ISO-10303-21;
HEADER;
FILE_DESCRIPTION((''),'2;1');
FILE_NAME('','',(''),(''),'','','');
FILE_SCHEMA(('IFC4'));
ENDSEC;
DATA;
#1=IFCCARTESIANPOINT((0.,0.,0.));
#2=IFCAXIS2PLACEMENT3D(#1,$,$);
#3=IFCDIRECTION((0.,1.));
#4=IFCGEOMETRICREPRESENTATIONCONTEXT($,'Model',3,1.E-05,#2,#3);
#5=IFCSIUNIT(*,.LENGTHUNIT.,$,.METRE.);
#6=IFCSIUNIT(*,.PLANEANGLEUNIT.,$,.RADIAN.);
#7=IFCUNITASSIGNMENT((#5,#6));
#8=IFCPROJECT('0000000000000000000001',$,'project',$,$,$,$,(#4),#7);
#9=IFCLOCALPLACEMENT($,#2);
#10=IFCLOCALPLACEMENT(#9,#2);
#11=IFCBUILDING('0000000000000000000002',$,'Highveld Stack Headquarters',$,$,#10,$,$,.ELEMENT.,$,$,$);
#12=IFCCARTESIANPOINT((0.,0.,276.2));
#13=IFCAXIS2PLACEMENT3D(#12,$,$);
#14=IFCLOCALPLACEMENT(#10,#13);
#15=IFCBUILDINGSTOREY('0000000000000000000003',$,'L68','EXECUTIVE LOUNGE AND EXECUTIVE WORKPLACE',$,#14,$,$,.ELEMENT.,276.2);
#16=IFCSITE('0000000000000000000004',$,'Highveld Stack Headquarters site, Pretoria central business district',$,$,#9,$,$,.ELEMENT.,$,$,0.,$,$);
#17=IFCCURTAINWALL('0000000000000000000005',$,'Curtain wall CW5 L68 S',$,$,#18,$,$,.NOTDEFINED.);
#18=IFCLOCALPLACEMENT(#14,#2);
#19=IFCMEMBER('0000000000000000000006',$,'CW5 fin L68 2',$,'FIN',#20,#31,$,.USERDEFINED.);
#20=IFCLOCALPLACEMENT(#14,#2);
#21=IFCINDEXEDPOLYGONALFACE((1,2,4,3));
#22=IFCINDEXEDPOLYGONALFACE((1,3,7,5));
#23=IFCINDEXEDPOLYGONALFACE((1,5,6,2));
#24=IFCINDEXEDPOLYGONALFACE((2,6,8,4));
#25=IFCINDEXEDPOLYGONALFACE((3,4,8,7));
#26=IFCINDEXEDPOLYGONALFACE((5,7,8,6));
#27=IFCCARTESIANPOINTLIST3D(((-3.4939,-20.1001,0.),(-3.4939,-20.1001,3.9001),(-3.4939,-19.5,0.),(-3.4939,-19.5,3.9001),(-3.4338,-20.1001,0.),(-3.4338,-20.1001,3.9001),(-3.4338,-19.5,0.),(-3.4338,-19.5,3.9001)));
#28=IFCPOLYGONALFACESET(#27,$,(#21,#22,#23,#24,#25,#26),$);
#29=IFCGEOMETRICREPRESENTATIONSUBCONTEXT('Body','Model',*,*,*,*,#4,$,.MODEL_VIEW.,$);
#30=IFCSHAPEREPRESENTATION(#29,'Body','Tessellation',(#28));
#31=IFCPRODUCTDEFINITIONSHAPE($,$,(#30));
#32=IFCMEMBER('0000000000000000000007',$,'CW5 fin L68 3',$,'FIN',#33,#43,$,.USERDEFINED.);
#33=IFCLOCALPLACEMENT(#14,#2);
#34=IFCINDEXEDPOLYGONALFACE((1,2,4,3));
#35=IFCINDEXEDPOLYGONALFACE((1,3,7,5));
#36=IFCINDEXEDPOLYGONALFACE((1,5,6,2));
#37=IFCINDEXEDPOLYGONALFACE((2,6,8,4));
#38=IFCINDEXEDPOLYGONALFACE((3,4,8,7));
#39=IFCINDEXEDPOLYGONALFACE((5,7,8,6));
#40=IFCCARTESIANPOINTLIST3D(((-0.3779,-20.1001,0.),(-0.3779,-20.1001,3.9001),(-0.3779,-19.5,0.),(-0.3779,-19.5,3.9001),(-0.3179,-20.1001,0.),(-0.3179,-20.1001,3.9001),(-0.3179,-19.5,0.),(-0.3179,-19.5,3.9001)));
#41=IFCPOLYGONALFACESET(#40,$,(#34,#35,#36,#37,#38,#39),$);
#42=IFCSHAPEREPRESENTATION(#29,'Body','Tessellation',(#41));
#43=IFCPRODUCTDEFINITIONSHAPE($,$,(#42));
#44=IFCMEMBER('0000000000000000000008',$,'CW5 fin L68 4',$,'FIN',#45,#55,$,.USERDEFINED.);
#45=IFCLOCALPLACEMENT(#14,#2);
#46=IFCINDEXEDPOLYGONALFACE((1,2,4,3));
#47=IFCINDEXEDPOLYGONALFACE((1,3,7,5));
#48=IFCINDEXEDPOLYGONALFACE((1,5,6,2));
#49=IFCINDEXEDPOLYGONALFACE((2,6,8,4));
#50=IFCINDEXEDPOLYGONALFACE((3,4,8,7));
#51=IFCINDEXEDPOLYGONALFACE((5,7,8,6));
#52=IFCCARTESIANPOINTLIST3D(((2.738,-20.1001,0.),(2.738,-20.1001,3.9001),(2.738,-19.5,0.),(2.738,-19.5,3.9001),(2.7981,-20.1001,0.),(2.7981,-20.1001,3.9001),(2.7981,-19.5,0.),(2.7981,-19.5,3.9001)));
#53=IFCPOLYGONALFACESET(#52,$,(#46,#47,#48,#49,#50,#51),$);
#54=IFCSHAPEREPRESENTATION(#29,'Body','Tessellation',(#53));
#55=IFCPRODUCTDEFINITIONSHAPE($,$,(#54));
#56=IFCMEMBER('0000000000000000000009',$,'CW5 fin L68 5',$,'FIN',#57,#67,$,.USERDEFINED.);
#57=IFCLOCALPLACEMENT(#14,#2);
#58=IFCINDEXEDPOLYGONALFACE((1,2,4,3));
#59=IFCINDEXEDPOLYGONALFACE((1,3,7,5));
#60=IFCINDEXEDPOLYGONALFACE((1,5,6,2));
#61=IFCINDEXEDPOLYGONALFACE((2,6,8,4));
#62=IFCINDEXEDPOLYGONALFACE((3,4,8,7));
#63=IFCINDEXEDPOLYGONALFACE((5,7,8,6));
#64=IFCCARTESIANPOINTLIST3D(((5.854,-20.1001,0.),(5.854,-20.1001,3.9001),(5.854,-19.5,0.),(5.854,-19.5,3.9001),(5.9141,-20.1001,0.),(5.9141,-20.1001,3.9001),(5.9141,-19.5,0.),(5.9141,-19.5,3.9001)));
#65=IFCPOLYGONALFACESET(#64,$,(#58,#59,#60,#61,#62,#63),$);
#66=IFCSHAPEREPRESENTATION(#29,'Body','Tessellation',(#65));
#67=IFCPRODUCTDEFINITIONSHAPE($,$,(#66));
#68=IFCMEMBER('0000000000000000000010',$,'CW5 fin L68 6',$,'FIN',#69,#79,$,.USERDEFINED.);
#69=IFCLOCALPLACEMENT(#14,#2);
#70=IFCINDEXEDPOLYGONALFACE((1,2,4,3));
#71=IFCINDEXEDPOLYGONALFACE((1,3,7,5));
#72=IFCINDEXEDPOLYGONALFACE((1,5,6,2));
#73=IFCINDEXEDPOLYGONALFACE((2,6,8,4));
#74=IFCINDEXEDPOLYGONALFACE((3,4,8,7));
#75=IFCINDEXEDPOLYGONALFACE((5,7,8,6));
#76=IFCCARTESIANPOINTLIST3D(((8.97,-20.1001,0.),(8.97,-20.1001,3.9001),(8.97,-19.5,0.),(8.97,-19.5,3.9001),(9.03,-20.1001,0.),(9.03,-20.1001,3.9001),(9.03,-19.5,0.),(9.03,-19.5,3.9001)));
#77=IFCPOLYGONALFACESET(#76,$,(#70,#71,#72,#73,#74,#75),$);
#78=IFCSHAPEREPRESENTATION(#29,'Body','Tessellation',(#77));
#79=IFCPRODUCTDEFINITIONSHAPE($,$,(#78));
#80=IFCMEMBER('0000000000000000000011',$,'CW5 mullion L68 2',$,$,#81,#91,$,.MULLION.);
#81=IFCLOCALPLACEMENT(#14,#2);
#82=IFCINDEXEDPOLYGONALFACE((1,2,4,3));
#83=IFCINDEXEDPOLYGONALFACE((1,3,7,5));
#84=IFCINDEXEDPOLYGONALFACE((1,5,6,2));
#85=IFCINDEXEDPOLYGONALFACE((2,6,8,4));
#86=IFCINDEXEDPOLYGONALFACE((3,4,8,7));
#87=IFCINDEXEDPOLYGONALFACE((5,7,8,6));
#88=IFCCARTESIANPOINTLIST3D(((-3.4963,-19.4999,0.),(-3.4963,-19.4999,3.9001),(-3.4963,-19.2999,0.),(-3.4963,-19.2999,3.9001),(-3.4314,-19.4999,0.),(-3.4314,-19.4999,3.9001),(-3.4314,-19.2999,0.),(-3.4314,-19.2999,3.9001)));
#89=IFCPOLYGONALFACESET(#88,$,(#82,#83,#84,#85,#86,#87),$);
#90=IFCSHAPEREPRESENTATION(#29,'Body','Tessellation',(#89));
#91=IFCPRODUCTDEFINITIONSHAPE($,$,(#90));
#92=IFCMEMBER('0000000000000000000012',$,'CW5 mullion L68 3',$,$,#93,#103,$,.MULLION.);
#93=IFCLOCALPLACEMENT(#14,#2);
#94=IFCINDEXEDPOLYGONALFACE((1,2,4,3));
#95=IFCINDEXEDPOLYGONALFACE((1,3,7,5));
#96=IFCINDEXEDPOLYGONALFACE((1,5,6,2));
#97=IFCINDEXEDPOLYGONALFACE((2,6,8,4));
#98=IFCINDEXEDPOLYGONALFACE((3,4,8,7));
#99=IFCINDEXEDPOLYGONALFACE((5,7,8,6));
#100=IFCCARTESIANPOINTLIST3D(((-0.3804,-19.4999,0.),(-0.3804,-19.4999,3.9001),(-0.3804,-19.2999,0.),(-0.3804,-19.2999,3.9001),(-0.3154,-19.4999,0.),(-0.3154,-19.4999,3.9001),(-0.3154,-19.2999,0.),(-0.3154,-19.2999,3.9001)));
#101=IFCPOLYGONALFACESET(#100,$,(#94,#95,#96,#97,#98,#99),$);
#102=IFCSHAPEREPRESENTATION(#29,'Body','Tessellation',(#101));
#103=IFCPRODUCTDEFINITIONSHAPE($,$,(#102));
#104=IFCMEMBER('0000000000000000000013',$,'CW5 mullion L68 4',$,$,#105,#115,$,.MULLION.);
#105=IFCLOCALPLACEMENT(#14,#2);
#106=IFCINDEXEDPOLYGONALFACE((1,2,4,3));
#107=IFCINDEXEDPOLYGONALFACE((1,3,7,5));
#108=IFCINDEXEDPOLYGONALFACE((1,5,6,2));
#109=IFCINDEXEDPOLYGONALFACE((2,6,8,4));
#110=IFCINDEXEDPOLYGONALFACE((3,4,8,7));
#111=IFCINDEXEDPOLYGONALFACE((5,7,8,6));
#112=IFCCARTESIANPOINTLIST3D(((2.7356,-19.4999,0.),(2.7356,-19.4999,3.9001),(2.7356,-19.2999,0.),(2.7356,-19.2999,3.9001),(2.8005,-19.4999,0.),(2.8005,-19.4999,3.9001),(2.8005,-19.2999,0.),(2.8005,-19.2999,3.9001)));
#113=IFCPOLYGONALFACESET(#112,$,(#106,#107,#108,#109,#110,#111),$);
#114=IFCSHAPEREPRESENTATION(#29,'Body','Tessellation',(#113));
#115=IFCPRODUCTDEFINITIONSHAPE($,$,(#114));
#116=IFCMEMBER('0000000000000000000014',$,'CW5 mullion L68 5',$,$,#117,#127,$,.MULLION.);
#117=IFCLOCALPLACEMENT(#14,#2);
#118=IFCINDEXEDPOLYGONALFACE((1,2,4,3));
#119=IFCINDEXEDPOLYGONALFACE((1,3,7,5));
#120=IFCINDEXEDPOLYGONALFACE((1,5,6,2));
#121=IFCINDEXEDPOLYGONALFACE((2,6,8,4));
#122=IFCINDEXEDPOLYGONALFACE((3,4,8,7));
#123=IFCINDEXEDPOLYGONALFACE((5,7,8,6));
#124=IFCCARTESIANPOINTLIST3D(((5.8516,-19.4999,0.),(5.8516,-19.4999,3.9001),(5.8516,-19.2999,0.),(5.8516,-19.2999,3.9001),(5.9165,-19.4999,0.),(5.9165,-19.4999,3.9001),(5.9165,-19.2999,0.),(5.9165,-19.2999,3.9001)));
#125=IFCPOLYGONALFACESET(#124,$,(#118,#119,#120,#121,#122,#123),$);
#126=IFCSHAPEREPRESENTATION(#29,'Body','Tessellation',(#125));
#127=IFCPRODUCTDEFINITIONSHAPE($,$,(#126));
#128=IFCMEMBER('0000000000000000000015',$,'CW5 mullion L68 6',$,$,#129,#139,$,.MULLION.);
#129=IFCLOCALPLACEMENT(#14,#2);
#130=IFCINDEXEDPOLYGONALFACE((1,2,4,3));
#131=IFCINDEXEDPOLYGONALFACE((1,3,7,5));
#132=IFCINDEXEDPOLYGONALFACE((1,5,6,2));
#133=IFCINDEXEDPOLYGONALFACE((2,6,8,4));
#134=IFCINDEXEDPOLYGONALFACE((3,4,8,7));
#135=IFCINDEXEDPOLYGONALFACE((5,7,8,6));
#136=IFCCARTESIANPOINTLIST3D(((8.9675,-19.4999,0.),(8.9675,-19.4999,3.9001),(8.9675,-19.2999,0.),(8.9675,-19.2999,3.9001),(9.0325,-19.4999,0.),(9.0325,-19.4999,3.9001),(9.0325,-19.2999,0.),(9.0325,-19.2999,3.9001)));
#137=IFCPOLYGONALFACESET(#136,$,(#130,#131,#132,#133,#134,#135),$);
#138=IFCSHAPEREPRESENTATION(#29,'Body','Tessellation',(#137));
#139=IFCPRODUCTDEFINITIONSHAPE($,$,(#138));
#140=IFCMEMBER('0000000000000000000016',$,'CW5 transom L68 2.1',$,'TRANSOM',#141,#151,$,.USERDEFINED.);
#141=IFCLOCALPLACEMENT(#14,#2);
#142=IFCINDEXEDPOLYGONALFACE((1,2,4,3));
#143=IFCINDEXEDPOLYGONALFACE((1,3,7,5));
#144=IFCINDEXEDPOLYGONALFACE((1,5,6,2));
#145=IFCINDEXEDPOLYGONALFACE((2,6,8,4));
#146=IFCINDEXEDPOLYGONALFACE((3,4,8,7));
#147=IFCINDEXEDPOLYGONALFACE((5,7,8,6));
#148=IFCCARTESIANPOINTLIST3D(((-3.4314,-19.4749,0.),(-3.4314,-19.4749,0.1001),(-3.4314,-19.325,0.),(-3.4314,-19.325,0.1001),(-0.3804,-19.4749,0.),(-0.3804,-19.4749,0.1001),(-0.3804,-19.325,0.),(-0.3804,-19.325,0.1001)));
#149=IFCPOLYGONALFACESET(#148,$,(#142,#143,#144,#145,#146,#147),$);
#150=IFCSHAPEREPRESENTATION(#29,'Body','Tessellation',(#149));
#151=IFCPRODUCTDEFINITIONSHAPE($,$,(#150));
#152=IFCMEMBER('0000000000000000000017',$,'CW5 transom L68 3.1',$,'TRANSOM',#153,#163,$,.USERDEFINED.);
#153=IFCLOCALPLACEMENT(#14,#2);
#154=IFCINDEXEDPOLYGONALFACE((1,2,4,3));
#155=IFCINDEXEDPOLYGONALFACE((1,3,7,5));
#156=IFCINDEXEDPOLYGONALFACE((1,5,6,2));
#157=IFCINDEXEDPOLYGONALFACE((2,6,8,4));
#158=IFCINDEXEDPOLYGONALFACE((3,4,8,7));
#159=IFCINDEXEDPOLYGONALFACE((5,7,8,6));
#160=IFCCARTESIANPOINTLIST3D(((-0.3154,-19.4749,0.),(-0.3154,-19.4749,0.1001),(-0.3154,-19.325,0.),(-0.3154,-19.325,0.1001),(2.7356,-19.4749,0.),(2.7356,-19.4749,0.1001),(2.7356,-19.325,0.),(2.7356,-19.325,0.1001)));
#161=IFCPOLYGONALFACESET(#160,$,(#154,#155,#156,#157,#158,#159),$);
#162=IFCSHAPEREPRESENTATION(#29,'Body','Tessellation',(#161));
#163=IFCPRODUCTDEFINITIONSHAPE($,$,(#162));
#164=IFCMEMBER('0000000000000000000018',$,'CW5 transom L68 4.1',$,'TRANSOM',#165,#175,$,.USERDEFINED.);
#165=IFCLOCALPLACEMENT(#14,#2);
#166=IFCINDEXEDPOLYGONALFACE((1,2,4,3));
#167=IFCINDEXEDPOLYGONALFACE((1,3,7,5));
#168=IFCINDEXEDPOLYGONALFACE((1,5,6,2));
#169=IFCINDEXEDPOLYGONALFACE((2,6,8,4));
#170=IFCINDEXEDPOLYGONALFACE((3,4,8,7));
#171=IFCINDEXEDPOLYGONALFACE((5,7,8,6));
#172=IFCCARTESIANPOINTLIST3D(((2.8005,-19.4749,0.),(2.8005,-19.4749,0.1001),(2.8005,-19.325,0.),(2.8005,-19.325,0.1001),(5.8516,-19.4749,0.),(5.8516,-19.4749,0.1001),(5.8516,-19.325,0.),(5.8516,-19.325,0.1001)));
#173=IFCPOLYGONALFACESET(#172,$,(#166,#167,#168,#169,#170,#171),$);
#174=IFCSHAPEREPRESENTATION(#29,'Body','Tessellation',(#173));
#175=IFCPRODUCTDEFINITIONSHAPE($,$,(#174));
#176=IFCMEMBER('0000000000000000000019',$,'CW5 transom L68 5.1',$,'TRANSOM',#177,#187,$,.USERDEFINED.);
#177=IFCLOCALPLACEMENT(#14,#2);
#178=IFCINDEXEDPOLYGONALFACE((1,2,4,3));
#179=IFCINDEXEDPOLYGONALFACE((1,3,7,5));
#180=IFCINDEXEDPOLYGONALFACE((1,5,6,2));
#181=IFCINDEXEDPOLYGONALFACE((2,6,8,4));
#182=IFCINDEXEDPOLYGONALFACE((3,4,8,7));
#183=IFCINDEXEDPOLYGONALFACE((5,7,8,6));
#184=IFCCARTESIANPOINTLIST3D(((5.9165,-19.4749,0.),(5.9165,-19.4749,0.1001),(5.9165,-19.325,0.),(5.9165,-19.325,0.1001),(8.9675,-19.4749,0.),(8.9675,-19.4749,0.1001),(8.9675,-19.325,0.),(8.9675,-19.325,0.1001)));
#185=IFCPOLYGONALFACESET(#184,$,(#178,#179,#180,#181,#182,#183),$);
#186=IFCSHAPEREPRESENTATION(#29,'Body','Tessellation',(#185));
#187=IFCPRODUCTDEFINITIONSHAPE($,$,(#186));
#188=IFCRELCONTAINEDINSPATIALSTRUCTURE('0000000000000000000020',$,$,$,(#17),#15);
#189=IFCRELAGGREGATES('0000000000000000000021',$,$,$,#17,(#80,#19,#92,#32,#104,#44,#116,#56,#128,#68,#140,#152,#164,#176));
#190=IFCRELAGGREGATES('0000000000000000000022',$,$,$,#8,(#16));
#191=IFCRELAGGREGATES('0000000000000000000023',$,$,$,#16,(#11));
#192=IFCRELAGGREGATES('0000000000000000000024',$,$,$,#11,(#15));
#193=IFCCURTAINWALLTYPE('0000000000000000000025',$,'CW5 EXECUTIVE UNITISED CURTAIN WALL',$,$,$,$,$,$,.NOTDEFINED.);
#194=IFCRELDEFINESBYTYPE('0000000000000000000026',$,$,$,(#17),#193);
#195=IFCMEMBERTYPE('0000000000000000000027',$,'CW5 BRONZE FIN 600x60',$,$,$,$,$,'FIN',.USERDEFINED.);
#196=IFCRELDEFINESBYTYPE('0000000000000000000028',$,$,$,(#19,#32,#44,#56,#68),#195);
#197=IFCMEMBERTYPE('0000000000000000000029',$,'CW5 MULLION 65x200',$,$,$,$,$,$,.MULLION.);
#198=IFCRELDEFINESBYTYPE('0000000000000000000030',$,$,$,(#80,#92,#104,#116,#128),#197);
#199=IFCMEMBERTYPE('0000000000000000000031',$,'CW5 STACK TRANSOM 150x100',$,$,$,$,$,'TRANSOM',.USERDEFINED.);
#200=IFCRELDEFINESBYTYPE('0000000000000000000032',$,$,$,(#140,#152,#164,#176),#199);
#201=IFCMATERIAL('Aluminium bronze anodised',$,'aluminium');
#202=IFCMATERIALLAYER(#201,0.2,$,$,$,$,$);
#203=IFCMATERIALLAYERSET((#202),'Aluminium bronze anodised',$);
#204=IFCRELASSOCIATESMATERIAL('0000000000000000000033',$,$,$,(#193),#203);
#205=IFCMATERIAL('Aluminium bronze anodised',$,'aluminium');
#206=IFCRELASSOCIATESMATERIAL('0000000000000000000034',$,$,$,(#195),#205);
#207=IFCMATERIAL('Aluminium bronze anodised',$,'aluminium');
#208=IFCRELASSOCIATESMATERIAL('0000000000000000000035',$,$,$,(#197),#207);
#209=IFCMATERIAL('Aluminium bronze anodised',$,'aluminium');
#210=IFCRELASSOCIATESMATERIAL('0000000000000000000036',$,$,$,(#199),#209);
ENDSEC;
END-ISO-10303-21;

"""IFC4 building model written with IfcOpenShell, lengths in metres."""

from ifc_helpers import new_model, si_unit, direction, frame, origin, origin_2d, place, context, subcontext, project, spatial, rectangle, extrude, material, layer, layer_set, material_profile, profile_set, type_object, element, aggregate, save


model = new_model("IFC4")

# Units and contexts
model_context = context("Model", 3, precision=1e-05, world=origin(), true_north=direction((0.0, 1.0)))
body_context = subcontext(model_context, "Body", "Model", "MODEL_VIEW")
ifc_project = project(units=[si_unit("LENGTHUNIT", "METRE"), si_unit("PLANEANGLEUNIT", "RADIAN")], contexts=[model_context])

# Site, building, storey
site_placement = place(None, origin())
site = spatial("IfcSite", under=ifc_project, at=site_placement, Name="Highveld Stack Headquarters site, Pretoria central business district", CompositionType="ELEMENT", RefElevation=0.0)
building_placement = place(site_placement, origin())
building = spatial("IfcBuilding", under=site, at=building_placement, Name="Highveld Stack Headquarters", CompositionType="ELEMENT")
storey_placement = place(building_placement, frame((0.0, 0.0, 276.2)))
storey = spatial("IfcBuildingStorey", under=building, at=storey_placement, Name="L68", Description="EXECUTIVE LOUNGE AND EXECUTIVE WORKPLACE", CompositionType="ELEMENT", Elevation=276.2)

# Curtain wall, members
ifc_material_1 = material(Name="Aluminium bronze anodised", Category="aluminium")
ifc_layer_1 = layer(ifc_material_1, 0.2)
ifc_layer_set_1 = layer_set([ifc_layer_1], Name="Aluminium bronze anodised")
curtain_wall_type = type_object("IfcCurtainWallType", Name="CW5 EXECUTIVE UNITISED CURTAIN WALL", PredefinedType="NOTDEFINED", material=ifc_layer_set_1)
curtain_wall_placement = place(storey_placement, origin())
curtain_wall = element("IfcCurtainWall", 1, at=curtain_wall_placement, inside=storey, type_object=curtain_wall_type, Name="Curtain wall CW5 L68 S", PredefinedType="NOTDEFINED")
ifc_material_2 = material(Name="Aluminium bronze anodised", Category="aluminium")
ifc_material_profile_1 = material_profile(ifc_material_2, rectangle(XDim=0.6001, YDim=0.0601, at=origin_2d()), Name="FIN 600x60")
ifc_profile_set_1 = profile_set([ifc_material_profile_1], Name="Aluminium bronze anodised")
member_type_1 = type_object("IfcMemberType", Name="CW5 BRONZE FIN 600x60", ElementType="FIN", PredefinedType="USERDEFINED", material=ifc_profile_set_1)
member_1_placement = place(storey_placement, frame((-3.4639, -19.8, 0.0), z_axis=(0.0, 0.0, 1.0), x_axis=(0.0, 1.0, 0.0)))
member_1 = element("IfcMember", 2, at=member_1_placement, type_object=member_type_1, Name="CW5 fin L68 2", ObjectType="FIN", PredefinedType="USERDEFINED", context=body_context, shape_type="SweptSolid", body=[
    extrude(rectangle(XDim=0.6001, YDim=0.0601, at=origin_2d()), origin(), (0.0, 0.0, 1.0), 3.9001),
])
member_2_placement = place(storey_placement, frame((-0.3479, -19.8, 0.0), z_axis=(0.0, 0.0, 1.0), x_axis=(0.0, 1.0, 0.0)))
member_2 = element("IfcMember", 3, at=member_2_placement, type_object=member_type_1, Name="CW5 fin L68 3", ObjectType="FIN", PredefinedType="USERDEFINED", context=body_context, shape_type="SweptSolid", body=[
    extrude(rectangle(XDim=0.6001, YDim=0.0601, at=origin_2d()), origin(), (0.0, 0.0, 1.0), 3.9001),
])
member_3_placement = place(storey_placement, frame((2.7681, -19.8, 0.0), z_axis=(0.0, 0.0, 1.0), x_axis=(0.0, 1.0, 0.0)))
member_3 = element("IfcMember", 4, at=member_3_placement, type_object=member_type_1, Name="CW5 fin L68 4", ObjectType="FIN", PredefinedType="USERDEFINED", context=body_context, shape_type="SweptSolid", body=[
    extrude(rectangle(XDim=0.6001, YDim=0.0601, at=origin_2d()), origin(), (0.0, 0.0, 1.0), 3.9001),
])
member_4_placement = place(storey_placement, frame((5.884, -19.8, 0.0), z_axis=(0.0, 0.0, 1.0), x_axis=(0.0, 1.0, 0.0)))
member_4 = element("IfcMember", 5, at=member_4_placement, type_object=member_type_1, Name="CW5 fin L68 5", ObjectType="FIN", PredefinedType="USERDEFINED", context=body_context, shape_type="SweptSolid", body=[
    extrude(rectangle(XDim=0.6001, YDim=0.0601, at=origin_2d()), origin(), (0.0, 0.0, 1.0), 3.9001),
])
member_5_placement = place(storey_placement, frame((9.0, -19.8, 0.0), z_axis=(0.0, 0.0, 1.0), x_axis=(0.0, 1.0, 0.0)))
member_5 = element("IfcMember", 6, at=member_5_placement, type_object=member_type_1, Name="CW5 fin L68 6", ObjectType="FIN", PredefinedType="USERDEFINED", context=body_context, shape_type="SweptSolid", body=[
    extrude(rectangle(XDim=0.6001, YDim=0.0601, at=origin_2d()), origin(), (0.0, 0.0, 1.0), 3.9001),
])
ifc_material_3 = material(Name="Aluminium bronze anodised", Category="aluminium")
ifc_material_profile_2 = material_profile(ifc_material_3, rectangle(XDim=0.2, YDim=0.0649, at=origin_2d()), Name="CW5 MULLION 65x200")
ifc_profile_set_2 = profile_set([ifc_material_profile_2], Name="Aluminium bronze anodised")
member_type_2 = type_object("IfcMemberType", Name="CW5 MULLION 65x200", PredefinedType="MULLION", material=ifc_profile_set_2)
member_6_placement = place(storey_placement, frame((-3.4639, -19.3999, 0.0), z_axis=(0.0, 0.0, 1.0), x_axis=(0.0, 1.0, 0.0)))
member_6 = element("IfcMember", 7, at=member_6_placement, type_object=member_type_2, Name="CW5 mullion L68 2", PredefinedType="MULLION", context=body_context, shape_type="SweptSolid", body=[
    extrude(rectangle(XDim=0.2, YDim=0.0649, at=origin_2d()), origin(), (0.0, 0.0, 1.0), 3.9001),
])
member_7_placement = place(storey_placement, frame((-0.3479, -19.3999, 0.0), z_axis=(0.0, 0.0, 1.0), x_axis=(0.0, 1.0, 0.0)))
member_7 = element("IfcMember", 8, at=member_7_placement, type_object=member_type_2, Name="CW5 mullion L68 3", PredefinedType="MULLION", context=body_context, shape_type="SweptSolid", body=[
    extrude(rectangle(XDim=0.2, YDim=0.0649, at=origin_2d()), origin(), (0.0, 0.0, 1.0), 3.9001),
])
member_8_placement = place(storey_placement, frame((2.7681, -19.3999, 0.0), z_axis=(0.0, 0.0, 1.0), x_axis=(0.0, 1.0, 0.0)))
member_8 = element("IfcMember", 9, at=member_8_placement, type_object=member_type_2, Name="CW5 mullion L68 4", PredefinedType="MULLION", context=body_context, shape_type="SweptSolid", body=[
    extrude(rectangle(XDim=0.2, YDim=0.0649, at=origin_2d()), origin(), (0.0, 0.0, 1.0), 3.9001),
])
member_9_placement = place(storey_placement, frame((5.884, -19.3999, 0.0), z_axis=(0.0, 0.0, 1.0), x_axis=(0.0, 1.0, 0.0)))
member_9 = element("IfcMember", 10, at=member_9_placement, type_object=member_type_2, Name="CW5 mullion L68 5", PredefinedType="MULLION", context=body_context, shape_type="SweptSolid", body=[
    extrude(rectangle(XDim=0.2, YDim=0.0649, at=origin_2d()), origin(), (0.0, 0.0, 1.0), 3.9001),
])
member_10_placement = place(storey_placement, frame((9.0, -19.3999, 0.0), z_axis=(0.0, 0.0, 1.0), x_axis=(0.0, 1.0, 0.0)))
member_10 = element("IfcMember", 11, at=member_10_placement, type_object=member_type_2, Name="CW5 mullion L68 6", PredefinedType="MULLION", context=body_context, shape_type="SweptSolid", body=[
    extrude(rectangle(XDim=0.2, YDim=0.0649, at=origin_2d()), origin(), (0.0, 0.0, 1.0), 3.9001),
])
ifc_material_4 = material(Name="Aluminium bronze anodised", Category="aluminium")
ifc_material_profile_3 = material_profile(ifc_material_4, rectangle(XDim=0.1499, YDim=0.1001, at=origin_2d()), Name="CW5 TRANSOM 150x100")
ifc_profile_set_3 = profile_set([ifc_material_profile_3], Name="Aluminium bronze anodised")
member_type_3 = type_object("IfcMemberType", Name="CW5 STACK TRANSOM 150x100", ElementType="TRANSOM", PredefinedType="USERDEFINED", material=ifc_profile_set_3)
member_11_placement = place(storey_placement, frame((-3.4314, -19.3999, 0.05), z_axis=(1.0, 0.0, 0.0), x_axis=(0.0, 1.0, 0.0)))
member_11 = element("IfcMember", 12, at=member_11_placement, type_object=member_type_3, Name="CW5 transom L68 2.1", ObjectType="TRANSOM", PredefinedType="USERDEFINED", context=body_context, shape_type="SweptSolid", body=[
    extrude(rectangle(XDim=0.1499, YDim=0.1001, at=origin_2d()), origin(), (0.0, 0.0, 1.0), 3.051),
])
member_12_placement = place(storey_placement, frame((-0.3154, -19.3999, 0.05), z_axis=(1.0, 0.0, 0.0), x_axis=(0.0, 1.0, 0.0)))
member_12 = element("IfcMember", 13, at=member_12_placement, type_object=member_type_3, Name="CW5 transom L68 3.1", ObjectType="TRANSOM", PredefinedType="USERDEFINED", context=body_context, shape_type="SweptSolid", body=[
    extrude(rectangle(XDim=0.1499, YDim=0.1001, at=origin_2d()), origin(), (0.0, 0.0, 1.0), 3.051),
])
member_13_placement = place(storey_placement, frame((2.8005, -19.3999, 0.05), z_axis=(1.0, 0.0, 0.0), x_axis=(0.0, 1.0, 0.0)))
member_13 = element("IfcMember", 14, at=member_13_placement, type_object=member_type_3, Name="CW5 transom L68 4.1", ObjectType="TRANSOM", PredefinedType="USERDEFINED", context=body_context, shape_type="SweptSolid", body=[
    extrude(rectangle(XDim=0.1499, YDim=0.1001, at=origin_2d()), origin(), (0.0, 0.0, 1.0), 3.051),
])
member_14_placement = place(storey_placement, frame((5.9165, -19.3999, 0.05), z_axis=(1.0, 0.0, 0.0), x_axis=(0.0, 1.0, 0.0)))
member_14 = element("IfcMember", 15, at=member_14_placement, type_object=member_type_3, Name="CW5 transom L68 5.1", ObjectType="TRANSOM", PredefinedType="USERDEFINED", context=body_context, shape_type="SweptSolid", body=[
    extrude(rectangle(XDim=0.1499, YDim=0.1001, at=origin_2d()), origin(), (0.0, 0.0, 1.0), 3.051),
])
aggregate(curtain_wall, [member_6, member_1, member_7, member_2, member_8, member_3, member_9, member_4, member_10, member_5, member_11, member_12, member_13, member_14])

save(model, "model.ifc")
